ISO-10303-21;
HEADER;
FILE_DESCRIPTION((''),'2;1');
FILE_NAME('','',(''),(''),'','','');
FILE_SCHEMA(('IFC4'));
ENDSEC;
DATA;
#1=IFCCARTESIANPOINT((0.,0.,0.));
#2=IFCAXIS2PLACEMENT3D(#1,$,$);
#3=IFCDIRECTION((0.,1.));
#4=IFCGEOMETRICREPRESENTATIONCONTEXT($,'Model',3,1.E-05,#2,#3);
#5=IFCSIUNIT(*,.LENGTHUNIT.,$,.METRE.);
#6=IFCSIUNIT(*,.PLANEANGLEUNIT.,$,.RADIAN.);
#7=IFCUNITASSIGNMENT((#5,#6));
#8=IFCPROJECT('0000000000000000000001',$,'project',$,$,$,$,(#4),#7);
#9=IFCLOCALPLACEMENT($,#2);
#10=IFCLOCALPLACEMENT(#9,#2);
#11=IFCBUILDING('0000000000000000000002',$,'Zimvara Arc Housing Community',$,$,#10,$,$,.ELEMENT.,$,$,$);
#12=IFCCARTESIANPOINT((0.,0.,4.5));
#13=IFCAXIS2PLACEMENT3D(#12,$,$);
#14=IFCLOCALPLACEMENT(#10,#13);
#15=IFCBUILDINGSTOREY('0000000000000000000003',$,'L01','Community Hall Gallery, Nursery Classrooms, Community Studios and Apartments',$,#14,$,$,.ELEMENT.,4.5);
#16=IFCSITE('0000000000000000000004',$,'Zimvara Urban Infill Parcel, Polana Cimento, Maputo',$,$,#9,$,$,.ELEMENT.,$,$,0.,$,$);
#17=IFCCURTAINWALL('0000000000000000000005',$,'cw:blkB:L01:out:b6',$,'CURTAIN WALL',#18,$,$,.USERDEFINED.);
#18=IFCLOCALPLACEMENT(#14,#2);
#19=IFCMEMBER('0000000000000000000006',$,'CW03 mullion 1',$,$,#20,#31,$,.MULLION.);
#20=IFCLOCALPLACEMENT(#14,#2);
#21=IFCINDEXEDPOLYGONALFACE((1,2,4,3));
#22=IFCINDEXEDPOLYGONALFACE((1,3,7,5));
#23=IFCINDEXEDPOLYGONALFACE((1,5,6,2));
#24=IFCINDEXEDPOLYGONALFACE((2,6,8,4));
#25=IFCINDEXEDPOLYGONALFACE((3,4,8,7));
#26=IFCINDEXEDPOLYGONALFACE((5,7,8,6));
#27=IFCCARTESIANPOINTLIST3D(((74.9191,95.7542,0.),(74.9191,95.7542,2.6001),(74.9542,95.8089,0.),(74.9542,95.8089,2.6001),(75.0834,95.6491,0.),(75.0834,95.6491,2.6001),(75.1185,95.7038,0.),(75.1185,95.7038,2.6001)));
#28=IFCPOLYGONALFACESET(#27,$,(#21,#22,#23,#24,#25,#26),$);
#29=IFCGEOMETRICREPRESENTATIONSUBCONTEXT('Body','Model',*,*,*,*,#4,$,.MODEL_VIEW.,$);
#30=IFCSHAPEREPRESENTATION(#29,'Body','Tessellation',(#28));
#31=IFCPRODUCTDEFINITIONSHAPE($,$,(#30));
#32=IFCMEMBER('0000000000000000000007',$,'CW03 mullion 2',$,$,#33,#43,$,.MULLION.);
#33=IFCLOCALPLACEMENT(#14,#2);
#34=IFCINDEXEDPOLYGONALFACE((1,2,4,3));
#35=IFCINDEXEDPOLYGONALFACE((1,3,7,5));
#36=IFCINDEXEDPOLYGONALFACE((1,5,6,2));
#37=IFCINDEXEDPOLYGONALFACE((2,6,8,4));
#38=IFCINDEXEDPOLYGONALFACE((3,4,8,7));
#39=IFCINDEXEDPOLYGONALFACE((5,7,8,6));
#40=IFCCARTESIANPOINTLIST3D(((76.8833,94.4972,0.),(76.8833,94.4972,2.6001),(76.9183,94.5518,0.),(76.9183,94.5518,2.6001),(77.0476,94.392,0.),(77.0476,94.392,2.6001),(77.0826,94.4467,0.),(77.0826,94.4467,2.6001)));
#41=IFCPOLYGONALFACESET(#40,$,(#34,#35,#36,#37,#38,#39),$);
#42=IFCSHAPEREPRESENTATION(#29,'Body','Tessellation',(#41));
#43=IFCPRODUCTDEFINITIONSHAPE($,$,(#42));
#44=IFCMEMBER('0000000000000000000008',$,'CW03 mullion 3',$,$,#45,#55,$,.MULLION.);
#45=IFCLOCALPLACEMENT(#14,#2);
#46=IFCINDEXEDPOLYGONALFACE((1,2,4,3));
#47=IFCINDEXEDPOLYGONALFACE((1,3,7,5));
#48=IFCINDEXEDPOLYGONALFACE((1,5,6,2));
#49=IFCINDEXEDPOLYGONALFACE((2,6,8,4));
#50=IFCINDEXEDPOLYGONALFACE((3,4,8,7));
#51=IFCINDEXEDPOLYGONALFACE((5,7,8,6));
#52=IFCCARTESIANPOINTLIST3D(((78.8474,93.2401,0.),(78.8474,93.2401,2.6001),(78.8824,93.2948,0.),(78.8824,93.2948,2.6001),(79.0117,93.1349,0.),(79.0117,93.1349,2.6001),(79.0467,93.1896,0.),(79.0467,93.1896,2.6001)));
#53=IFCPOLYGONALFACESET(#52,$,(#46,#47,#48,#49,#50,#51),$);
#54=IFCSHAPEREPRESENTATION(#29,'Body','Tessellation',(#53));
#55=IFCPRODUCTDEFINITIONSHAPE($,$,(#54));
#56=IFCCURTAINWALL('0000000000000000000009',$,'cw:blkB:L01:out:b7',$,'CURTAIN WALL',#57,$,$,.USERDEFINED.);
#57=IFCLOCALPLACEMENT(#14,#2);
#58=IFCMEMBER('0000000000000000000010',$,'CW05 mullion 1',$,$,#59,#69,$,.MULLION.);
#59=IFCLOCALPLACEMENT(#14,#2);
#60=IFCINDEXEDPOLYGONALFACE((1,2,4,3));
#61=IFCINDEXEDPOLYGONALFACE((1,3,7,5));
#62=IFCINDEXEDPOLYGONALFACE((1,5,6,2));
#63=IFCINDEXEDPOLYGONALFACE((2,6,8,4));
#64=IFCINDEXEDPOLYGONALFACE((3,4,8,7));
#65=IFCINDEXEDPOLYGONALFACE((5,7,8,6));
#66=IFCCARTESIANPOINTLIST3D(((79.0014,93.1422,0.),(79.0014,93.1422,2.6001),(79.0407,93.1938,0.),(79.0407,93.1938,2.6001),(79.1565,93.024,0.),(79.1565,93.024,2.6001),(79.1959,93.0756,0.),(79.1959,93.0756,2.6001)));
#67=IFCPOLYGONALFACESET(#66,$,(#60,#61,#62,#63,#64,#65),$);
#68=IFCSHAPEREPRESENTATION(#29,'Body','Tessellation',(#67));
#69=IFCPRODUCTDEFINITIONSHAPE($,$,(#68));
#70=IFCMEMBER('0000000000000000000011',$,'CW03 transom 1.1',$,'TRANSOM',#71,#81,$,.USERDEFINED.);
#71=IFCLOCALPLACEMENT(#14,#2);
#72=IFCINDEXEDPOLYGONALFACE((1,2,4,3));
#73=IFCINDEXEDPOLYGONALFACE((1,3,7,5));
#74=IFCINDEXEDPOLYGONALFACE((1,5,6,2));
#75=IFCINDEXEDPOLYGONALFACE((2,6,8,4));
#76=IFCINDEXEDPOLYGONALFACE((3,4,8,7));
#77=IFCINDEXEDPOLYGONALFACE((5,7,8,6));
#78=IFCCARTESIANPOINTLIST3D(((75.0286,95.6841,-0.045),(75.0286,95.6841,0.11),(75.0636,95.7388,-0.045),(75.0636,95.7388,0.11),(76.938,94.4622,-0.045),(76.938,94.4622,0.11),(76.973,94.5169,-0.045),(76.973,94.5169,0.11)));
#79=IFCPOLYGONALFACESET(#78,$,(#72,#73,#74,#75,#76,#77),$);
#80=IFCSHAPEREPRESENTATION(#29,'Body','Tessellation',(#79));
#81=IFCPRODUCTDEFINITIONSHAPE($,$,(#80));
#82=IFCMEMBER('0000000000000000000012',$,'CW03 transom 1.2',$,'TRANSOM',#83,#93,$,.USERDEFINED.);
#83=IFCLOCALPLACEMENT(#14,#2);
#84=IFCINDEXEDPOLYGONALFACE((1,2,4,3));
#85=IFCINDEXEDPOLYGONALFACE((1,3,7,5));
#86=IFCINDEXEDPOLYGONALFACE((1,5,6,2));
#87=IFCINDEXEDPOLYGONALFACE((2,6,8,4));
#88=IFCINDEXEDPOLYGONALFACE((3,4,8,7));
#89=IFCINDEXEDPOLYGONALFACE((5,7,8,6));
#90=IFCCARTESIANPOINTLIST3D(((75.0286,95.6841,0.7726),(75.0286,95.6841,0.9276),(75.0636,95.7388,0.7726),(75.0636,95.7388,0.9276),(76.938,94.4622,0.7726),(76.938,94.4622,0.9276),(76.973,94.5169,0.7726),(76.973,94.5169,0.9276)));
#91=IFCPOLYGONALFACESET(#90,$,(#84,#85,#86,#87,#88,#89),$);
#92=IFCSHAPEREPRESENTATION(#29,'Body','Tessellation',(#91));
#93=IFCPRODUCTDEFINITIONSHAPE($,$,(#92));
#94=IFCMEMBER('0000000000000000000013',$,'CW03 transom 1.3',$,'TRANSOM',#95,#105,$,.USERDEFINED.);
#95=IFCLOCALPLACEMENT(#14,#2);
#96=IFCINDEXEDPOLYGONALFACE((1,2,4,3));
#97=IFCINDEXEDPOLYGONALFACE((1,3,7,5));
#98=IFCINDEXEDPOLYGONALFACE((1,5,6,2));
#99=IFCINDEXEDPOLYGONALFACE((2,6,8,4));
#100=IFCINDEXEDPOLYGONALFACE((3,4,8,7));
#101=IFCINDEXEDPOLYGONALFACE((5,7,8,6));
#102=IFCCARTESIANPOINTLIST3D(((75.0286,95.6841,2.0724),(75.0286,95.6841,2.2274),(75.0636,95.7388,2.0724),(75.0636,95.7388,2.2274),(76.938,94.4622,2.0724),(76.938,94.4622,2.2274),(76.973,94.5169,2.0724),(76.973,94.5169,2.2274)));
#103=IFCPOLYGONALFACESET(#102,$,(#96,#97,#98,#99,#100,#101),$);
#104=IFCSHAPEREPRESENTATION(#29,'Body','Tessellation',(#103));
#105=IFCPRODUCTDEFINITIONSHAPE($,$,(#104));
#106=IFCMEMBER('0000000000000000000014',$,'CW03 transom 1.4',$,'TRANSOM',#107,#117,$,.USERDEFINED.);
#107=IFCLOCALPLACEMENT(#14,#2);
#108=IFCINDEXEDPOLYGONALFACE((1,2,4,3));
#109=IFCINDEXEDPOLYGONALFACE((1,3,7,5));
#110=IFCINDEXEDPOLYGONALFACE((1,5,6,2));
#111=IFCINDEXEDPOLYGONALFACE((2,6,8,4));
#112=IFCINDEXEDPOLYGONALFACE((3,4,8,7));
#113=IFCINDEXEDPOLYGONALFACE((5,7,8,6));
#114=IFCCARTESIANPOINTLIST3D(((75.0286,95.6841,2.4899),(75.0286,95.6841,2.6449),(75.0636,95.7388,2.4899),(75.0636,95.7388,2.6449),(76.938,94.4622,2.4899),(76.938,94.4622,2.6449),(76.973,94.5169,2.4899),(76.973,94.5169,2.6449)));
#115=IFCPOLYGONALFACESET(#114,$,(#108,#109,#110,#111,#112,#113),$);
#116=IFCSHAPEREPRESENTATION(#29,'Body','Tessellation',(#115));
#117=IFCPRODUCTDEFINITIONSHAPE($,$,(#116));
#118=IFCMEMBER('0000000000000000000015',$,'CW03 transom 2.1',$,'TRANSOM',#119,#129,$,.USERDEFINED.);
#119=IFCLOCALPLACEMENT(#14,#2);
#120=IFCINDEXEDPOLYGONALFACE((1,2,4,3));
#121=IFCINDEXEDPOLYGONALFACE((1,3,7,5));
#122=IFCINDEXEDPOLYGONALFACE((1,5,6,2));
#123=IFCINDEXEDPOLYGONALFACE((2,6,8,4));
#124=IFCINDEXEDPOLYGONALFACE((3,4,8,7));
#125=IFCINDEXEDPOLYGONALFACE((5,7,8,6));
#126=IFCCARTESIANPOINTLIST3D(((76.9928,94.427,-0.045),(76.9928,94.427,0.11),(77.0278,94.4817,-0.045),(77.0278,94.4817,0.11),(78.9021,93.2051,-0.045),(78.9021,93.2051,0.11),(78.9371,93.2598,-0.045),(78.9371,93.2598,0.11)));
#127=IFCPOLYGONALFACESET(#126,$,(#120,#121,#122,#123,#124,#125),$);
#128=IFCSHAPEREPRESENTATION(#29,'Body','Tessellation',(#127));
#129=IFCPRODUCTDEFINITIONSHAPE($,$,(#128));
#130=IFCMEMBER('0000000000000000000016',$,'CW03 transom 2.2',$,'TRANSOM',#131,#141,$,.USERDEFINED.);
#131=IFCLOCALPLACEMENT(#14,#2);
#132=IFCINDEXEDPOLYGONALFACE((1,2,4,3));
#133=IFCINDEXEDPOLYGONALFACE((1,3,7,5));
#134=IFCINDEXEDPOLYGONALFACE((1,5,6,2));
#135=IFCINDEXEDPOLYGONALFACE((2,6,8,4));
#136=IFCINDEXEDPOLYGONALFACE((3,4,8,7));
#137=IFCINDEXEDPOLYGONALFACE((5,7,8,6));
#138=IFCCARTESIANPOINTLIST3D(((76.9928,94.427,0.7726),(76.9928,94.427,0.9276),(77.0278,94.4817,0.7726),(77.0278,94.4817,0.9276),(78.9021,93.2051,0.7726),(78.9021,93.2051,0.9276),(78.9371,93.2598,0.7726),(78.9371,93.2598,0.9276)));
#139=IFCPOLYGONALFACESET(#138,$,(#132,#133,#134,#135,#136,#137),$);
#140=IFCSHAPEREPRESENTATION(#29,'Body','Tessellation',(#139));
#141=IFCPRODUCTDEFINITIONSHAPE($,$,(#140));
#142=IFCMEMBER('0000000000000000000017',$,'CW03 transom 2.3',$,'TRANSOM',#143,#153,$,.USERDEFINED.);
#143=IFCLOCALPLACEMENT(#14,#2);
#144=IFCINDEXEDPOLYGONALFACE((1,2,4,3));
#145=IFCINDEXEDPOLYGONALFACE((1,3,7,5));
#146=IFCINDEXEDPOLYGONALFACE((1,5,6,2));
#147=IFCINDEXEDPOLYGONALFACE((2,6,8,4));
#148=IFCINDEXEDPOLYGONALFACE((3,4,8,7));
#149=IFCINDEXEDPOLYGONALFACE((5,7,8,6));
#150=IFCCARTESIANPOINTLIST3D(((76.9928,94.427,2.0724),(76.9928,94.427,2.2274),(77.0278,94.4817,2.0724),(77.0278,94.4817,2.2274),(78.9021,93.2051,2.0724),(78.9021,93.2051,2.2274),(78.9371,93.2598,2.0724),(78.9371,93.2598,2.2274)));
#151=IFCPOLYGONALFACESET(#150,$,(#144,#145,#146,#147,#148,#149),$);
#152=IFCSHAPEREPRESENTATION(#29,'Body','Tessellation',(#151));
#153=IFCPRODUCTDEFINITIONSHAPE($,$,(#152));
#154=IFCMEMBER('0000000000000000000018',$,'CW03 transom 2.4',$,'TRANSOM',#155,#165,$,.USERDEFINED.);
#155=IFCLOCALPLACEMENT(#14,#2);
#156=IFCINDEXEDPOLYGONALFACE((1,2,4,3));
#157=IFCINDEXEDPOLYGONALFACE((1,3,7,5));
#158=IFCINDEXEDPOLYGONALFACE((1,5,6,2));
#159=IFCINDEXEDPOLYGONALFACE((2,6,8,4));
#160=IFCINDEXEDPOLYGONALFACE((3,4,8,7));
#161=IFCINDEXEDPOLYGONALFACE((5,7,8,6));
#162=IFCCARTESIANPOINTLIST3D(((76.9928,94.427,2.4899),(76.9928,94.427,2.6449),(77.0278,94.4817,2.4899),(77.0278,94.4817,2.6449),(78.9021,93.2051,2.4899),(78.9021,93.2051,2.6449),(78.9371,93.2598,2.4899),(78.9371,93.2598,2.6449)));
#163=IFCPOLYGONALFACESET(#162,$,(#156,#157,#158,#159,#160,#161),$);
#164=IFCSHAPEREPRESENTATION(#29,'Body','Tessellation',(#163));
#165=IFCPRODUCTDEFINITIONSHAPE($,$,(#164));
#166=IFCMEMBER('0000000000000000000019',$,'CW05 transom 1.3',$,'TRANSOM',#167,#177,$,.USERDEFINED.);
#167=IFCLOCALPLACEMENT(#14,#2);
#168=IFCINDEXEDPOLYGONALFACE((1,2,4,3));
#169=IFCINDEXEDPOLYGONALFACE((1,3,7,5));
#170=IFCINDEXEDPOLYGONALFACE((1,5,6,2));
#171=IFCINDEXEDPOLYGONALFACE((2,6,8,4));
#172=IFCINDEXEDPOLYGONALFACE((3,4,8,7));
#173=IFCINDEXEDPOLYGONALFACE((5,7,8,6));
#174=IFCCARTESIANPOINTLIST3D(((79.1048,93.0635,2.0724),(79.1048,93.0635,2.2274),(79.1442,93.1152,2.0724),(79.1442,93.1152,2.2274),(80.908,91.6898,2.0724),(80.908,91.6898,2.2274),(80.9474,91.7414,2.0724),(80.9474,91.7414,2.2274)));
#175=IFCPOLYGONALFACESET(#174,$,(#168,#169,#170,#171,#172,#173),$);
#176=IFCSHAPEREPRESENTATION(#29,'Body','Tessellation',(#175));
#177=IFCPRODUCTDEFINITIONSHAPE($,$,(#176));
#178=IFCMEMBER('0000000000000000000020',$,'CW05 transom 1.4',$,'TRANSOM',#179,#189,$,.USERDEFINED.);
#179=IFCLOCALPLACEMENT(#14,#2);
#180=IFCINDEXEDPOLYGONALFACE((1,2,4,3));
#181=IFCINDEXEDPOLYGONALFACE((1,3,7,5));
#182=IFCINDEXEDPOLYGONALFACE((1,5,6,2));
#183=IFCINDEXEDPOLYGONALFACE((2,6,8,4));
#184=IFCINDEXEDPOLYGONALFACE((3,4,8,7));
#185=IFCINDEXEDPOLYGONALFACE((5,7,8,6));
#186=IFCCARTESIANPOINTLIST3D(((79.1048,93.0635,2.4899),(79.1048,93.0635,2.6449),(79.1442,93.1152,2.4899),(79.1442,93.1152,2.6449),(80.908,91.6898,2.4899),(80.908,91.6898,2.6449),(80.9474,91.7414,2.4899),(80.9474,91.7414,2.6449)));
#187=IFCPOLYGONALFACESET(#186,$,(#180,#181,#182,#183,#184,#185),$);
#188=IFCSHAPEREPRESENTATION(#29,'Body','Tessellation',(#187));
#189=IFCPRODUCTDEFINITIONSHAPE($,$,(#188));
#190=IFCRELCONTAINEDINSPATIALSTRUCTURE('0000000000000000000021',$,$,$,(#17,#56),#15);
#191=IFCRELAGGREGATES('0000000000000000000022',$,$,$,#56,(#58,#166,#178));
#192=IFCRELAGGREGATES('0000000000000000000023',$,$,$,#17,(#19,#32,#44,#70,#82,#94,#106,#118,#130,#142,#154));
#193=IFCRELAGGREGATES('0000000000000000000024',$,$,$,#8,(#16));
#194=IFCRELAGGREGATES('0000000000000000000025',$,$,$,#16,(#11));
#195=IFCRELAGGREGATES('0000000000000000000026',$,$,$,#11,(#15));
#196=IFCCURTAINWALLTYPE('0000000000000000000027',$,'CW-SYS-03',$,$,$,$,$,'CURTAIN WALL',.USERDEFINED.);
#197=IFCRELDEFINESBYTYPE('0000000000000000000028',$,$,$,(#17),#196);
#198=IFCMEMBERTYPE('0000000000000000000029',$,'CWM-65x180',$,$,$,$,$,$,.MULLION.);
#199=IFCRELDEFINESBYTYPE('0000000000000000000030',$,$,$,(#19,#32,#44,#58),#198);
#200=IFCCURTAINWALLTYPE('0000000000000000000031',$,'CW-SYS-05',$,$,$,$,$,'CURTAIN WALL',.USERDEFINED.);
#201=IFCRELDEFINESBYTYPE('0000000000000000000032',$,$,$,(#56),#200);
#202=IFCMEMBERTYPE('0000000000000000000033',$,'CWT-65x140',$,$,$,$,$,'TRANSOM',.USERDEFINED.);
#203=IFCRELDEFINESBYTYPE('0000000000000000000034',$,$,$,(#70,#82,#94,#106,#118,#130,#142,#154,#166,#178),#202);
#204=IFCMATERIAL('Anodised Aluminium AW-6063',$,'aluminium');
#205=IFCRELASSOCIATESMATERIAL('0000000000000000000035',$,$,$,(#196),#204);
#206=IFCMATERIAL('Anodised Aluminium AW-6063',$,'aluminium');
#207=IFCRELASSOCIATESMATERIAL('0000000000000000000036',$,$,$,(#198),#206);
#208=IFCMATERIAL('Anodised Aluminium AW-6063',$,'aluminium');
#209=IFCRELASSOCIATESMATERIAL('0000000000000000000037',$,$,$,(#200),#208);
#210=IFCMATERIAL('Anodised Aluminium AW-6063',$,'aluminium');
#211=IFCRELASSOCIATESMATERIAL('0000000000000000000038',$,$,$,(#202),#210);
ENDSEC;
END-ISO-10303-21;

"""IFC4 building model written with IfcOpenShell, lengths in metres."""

from ifc_helpers import new_model, si_unit, direction, frame, origin, origin_2d, place, context, subcontext, project, spatial, rectangle, extrude, material, material_profile, profile_set, type_object, element, aggregate, save


model = new_model("IFC4")

# Units and contexts
model_context = context("Model", 3, precision=1e-05, world=origin(), true_north=direction((0.0, 1.0)))
body_context = subcontext(model_context, "Body", "Model", "MODEL_VIEW")
ifc_project = project(units=[si_unit("LENGTHUNIT", "METRE"), si_unit("PLANEANGLEUNIT", "RADIAN")], contexts=[model_context])

# Site, building, storey
site_placement = place(None, origin())
site = spatial("IfcSite", under=ifc_project, at=site_placement, Name="Zimvara Urban Infill Parcel, Polana Cimento, Maputo", CompositionType="ELEMENT", RefElevation=0.0)
building_placement = place(site_placement, origin())
building = spatial("IfcBuilding", under=site, at=building_placement, Name="Zimvara Arc Housing Community", CompositionType="ELEMENT")
storey_placement = place(building_placement, frame((0.0, 0.0, 4.5)))
storey = spatial("IfcBuildingStorey", under=building, at=storey_placement, Name="L01", Description="Community Hall Gallery, Nursery Classrooms, Community Studios and Apartments", CompositionType="ELEMENT", Elevation=4.5)

# Curtain wall, members
ifc_material_1 = material(Name="Anodised Aluminium AW-6063", Category="aluminium")
curtain_wall_type_1 = type_object("IfcCurtainWallType", Name="CW-SYS-03", ElementType="CURTAIN WALL", PredefinedType="USERDEFINED", material=ifc_material_1)
curtain_wall_1_placement = place(storey_placement, origin())
curtain_wall_1 = element("IfcCurtainWall", 1, at=curtain_wall_1_placement, inside=storey, type_object=curtain_wall_type_1, Name="cw:blkB:L01:out:b6", ObjectType="CURTAIN WALL", PredefinedType="USERDEFINED")
ifc_material_2 = material(Name="Anodised Aluminium AW-6063", Category="aluminium")
ifc_material_profile_1 = material_profile(ifc_material_2, rectangle(XDim=0.0649, YDim=0.1951, at=origin_2d()), Name="ALU 65x195")
ifc_profile_set_1 = profile_set([ifc_material_profile_1], Name="Anodised Aluminium AW-6063")
member_type_1 = type_object("IfcMemberType", Name="CWM-65x180", PredefinedType="MULLION", material=ifc_profile_set_1)
member_1_placement = place(storey_placement, frame((75.0188, 95.729, 0.0), z_axis=(0.0, 0.0, 1.0), x_axis=(0.539065, 0.842264, 0.0)))
member_1 = element("IfcMember", 2, at=member_1_placement, type_object=member_type_1, Name="CW03 mullion 1", PredefinedType="MULLION", context=body_context, shape_type="SweptSolid", body=[
    extrude(rectangle(XDim=0.0649, YDim=0.1951, at=origin_2d()), origin(), (0.0, 0.0, 1.0), 2.6001),
])
member_2_placement = place(storey_placement, frame((76.9829, 94.4719, 0.0), z_axis=(0.0, 0.0, 1.0), x_axis=(0.539065, 0.842264, 0.0)))
member_2 = element("IfcMember", 3, at=member_2_placement, type_object=member_type_1, Name="CW03 mullion 2", PredefinedType="MULLION", context=body_context, shape_type="SweptSolid", body=[
    extrude(rectangle(XDim=0.0649, YDim=0.1951, at=origin_2d()), origin(), (0.0, 0.0, 1.0), 2.6001),
])
member_3_placement = place(storey_placement, frame((78.947, 93.2148, 0.0), z_axis=(0.0, 0.0, 1.0), x_axis=(0.539065, 0.842264, 0.0)))
member_3 = element("IfcMember", 4, at=member_3_placement, type_object=member_type_1, Name="CW03 mullion 3", PredefinedType="MULLION", context=body_context, shape_type="SweptSolid", body=[
    extrude(rectangle(XDim=0.0649, YDim=0.1951, at=origin_2d()), origin(), (0.0, 0.0, 1.0), 2.6001),
])

# Curtain wall, member
ifc_material_3 = material(Name="Anodised Aluminium AW-6063", Category="aluminium")
curtain_wall_type_2 = type_object("IfcCurtainWallType", Name="CW-SYS-05", ElementType="CURTAIN WALL", PredefinedType="USERDEFINED", material=ifc_material_3)
curtain_wall_2_placement = place(storey_placement, origin())
curtain_wall_2 = element("IfcCurtainWall", 5, at=curtain_wall_2_placement, inside=storey, type_object=curtain_wall_type_2, Name="cw:blkB:L01:out:b7", ObjectType="CURTAIN WALL", PredefinedType="USERDEFINED")
member_4_placement = place(storey_placement, frame((79.0986, 93.1089, 0.0), z_axis=(0.0, 0.0, 1.0), x_axis=(0.605988, 0.795474, 0.0)))
member_4 = element("IfcMember", 6, at=member_4_placement, type_object=member_type_1, Name="CW05 mullion 1", PredefinedType="MULLION", context=body_context, shape_type="SweptSolid", body=[
    extrude(rectangle(XDim=0.0649, YDim=0.1951, at=origin_2d()), origin(), (0.0, 0.0, 1.0), 2.6001),
])

# Members
ifc_material_4 = material(Name="Anodised Aluminium AW-6063", Category="aluminium")
ifc_material_profile_2 = material_profile(ifc_material_4, rectangle(XDim=0.0649, YDim=0.155, at=origin_2d()), Name="ALU 65x155")
ifc_profile_set_2 = profile_set([ifc_material_profile_2], Name="Anodised Aluminium AW-6063")
member_type_2 = type_object("IfcMemberType", Name="CWT-65x140", ElementType="TRANSOM", PredefinedType="USERDEFINED", material=ifc_profile_set_2)
member_5_placement = place(storey_placement, frame((75.0461, 95.7114, 0.0325), z_axis=(0.842293, -0.53902, 0.0), x_axis=(0.53902, 0.842293, 0.0)))
member_5 = element("IfcMember", 7, at=member_5_placement, type_object=member_type_2, Name="CW03 transom 1.1", ObjectType="TRANSOM", PredefinedType="USERDEFINED", context=body_context, shape_type="SweptSolid", body=[
    extrude(rectangle(XDim=0.0649, YDim=0.155, at=origin_2d()), origin(), (0.0, 0.0, 1.0), 2.2668),
])
member_6_placement = place(storey_placement, frame((75.0461, 95.7114, 0.8501), z_axis=(0.842293, -0.53902, 0.0), x_axis=(0.53902, 0.842293, 0.0)))
member_6 = element("IfcMember", 8, at=member_6_placement, type_object=member_type_2, Name="CW03 transom 1.2", ObjectType="TRANSOM", PredefinedType="USERDEFINED", context=body_context, shape_type="SweptSolid", body=[
    extrude(rectangle(XDim=0.0649, YDim=0.155, at=origin_2d()), origin(), (0.0, 0.0, 1.0), 2.2668),
])
member_7_placement = place(storey_placement, frame((75.0461, 95.7114, 2.1499), z_axis=(0.842293, -0.53902, 0.0), x_axis=(0.53902, 0.842293, 0.0)))
member_7 = element("IfcMember", 9, at=member_7_placement, type_object=member_type_2, Name="CW03 transom 1.3", ObjectType="TRANSOM", PredefinedType="USERDEFINED", context=body_context, shape_type="SweptSolid", body=[
    extrude(rectangle(XDim=0.0649, YDim=0.155, at=origin_2d()), origin(), (0.0, 0.0, 1.0), 2.2668),
])
member_8_placement = place(storey_placement, frame((75.0461, 95.7114, 2.5674), z_axis=(0.842293, -0.53902, 0.0), x_axis=(0.53902, 0.842293, 0.0)))
member_8 = element("IfcMember", 10, at=member_8_placement, type_object=member_type_2, Name="CW03 transom 1.4", ObjectType="TRANSOM", PredefinedType="USERDEFINED", context=body_context, shape_type="SweptSolid", body=[
    extrude(rectangle(XDim=0.0649, YDim=0.155, at=origin_2d()), origin(), (0.0, 0.0, 1.0), 2.2668),
])
member_9_placement = place(storey_placement, frame((77.0103, 94.4543, 0.0325), z_axis=(0.842293, -0.53902, 0.0), x_axis=(0.53902, 0.842293, 0.0)))
member_9 = element("IfcMember", 11, at=member_9_placement, type_object=member_type_2, Name="CW03 transom 2.1", ObjectType="TRANSOM", PredefinedType="USERDEFINED", context=body_context, shape_type="SweptSolid", body=[
    extrude(rectangle(XDim=0.0649, YDim=0.155, at=origin_2d()), origin(), (0.0, 0.0, 1.0), 2.2668),
])
member_10_placement = place(storey_placement, frame((77.0103, 94.4543, 0.8501), z_axis=(0.842293, -0.53902, 0.0), x_axis=(0.53902, 0.842293, 0.0)))
member_10 = element("IfcMember", 12, at=member_10_placement, type_object=member_type_2, Name="CW03 transom 2.2", ObjectType="TRANSOM", PredefinedType="USERDEFINED", context=body_context, shape_type="SweptSolid", body=[
    extrude(rectangle(XDim=0.0649, YDim=0.155, at=origin_2d()), origin(), (0.0, 0.0, 1.0), 2.2668),
])
member_11_placement = place(storey_placement, frame((77.0103, 94.4543, 2.1499), z_axis=(0.842293, -0.53902, 0.0), x_axis=(0.53902, 0.842293, 0.0)))
member_11 = element("IfcMember", 13, at=member_11_placement, type_object=member_type_2, Name="CW03 transom 2.3", ObjectType="TRANSOM", PredefinedType="USERDEFINED", context=body_context, shape_type="SweptSolid", body=[
    extrude(rectangle(XDim=0.0649, YDim=0.155, at=origin_2d()), origin(), (0.0, 0.0, 1.0), 2.2668),
])
member_12_placement = place(storey_placement, frame((77.0103, 94.4543, 2.5674), z_axis=(0.842293, -0.53902, 0.0), x_axis=(0.53902, 0.842293, 0.0)))
member_12 = element("IfcMember", 14, at=member_12_placement, type_object=member_type_2, Name="CW03 transom 2.4", ObjectType="TRANSOM", PredefinedType="USERDEFINED", context=body_context, shape_type="SweptSolid", body=[
    extrude(rectangle(XDim=0.0649, YDim=0.155, at=origin_2d()), origin(), (0.0, 0.0, 1.0), 2.2668),
])
member_13_placement = place(storey_placement, frame((79.1245, 93.0894, 2.1499), z_axis=(0.795454, -0.606014, 0.0), x_axis=(0.606014, 0.795454, 0.0)))
member_13 = element("IfcMember", 15, at=member_13_placement, type_object=member_type_2, Name="CW05 transom 1.3", ObjectType="TRANSOM", PredefinedType="USERDEFINED", context=body_context, shape_type="SweptSolid", body=[
    extrude(rectangle(XDim=0.0649, YDim=0.155, at=origin_2d()), origin(), (0.0, 0.0, 1.0), 2.2668),
])
member_14_placement = place(storey_placement, frame((79.1245, 93.0894, 2.5674), z_axis=(0.795454, -0.606014, 0.0), x_axis=(0.606014, 0.795454, 0.0)))
member_14 = element("IfcMember", 16, at=member_14_placement, type_object=member_type_2, Name="CW05 transom 1.4", ObjectType="TRANSOM", PredefinedType="USERDEFINED", context=body_context, shape_type="SweptSolid", body=[
    extrude(rectangle(XDim=0.0649, YDim=0.155, at=origin_2d()), origin(), (0.0, 0.0, 1.0), 2.2668),
])
aggregate(curtain_wall_2, [member_4, member_13, member_14])

aggregate(curtain_wall_1, [member_1, member_2, member_3, member_5, member_6, member_7, member_8, member_9, member_10, member_11, member_12])

save(model, "model.ifc")
